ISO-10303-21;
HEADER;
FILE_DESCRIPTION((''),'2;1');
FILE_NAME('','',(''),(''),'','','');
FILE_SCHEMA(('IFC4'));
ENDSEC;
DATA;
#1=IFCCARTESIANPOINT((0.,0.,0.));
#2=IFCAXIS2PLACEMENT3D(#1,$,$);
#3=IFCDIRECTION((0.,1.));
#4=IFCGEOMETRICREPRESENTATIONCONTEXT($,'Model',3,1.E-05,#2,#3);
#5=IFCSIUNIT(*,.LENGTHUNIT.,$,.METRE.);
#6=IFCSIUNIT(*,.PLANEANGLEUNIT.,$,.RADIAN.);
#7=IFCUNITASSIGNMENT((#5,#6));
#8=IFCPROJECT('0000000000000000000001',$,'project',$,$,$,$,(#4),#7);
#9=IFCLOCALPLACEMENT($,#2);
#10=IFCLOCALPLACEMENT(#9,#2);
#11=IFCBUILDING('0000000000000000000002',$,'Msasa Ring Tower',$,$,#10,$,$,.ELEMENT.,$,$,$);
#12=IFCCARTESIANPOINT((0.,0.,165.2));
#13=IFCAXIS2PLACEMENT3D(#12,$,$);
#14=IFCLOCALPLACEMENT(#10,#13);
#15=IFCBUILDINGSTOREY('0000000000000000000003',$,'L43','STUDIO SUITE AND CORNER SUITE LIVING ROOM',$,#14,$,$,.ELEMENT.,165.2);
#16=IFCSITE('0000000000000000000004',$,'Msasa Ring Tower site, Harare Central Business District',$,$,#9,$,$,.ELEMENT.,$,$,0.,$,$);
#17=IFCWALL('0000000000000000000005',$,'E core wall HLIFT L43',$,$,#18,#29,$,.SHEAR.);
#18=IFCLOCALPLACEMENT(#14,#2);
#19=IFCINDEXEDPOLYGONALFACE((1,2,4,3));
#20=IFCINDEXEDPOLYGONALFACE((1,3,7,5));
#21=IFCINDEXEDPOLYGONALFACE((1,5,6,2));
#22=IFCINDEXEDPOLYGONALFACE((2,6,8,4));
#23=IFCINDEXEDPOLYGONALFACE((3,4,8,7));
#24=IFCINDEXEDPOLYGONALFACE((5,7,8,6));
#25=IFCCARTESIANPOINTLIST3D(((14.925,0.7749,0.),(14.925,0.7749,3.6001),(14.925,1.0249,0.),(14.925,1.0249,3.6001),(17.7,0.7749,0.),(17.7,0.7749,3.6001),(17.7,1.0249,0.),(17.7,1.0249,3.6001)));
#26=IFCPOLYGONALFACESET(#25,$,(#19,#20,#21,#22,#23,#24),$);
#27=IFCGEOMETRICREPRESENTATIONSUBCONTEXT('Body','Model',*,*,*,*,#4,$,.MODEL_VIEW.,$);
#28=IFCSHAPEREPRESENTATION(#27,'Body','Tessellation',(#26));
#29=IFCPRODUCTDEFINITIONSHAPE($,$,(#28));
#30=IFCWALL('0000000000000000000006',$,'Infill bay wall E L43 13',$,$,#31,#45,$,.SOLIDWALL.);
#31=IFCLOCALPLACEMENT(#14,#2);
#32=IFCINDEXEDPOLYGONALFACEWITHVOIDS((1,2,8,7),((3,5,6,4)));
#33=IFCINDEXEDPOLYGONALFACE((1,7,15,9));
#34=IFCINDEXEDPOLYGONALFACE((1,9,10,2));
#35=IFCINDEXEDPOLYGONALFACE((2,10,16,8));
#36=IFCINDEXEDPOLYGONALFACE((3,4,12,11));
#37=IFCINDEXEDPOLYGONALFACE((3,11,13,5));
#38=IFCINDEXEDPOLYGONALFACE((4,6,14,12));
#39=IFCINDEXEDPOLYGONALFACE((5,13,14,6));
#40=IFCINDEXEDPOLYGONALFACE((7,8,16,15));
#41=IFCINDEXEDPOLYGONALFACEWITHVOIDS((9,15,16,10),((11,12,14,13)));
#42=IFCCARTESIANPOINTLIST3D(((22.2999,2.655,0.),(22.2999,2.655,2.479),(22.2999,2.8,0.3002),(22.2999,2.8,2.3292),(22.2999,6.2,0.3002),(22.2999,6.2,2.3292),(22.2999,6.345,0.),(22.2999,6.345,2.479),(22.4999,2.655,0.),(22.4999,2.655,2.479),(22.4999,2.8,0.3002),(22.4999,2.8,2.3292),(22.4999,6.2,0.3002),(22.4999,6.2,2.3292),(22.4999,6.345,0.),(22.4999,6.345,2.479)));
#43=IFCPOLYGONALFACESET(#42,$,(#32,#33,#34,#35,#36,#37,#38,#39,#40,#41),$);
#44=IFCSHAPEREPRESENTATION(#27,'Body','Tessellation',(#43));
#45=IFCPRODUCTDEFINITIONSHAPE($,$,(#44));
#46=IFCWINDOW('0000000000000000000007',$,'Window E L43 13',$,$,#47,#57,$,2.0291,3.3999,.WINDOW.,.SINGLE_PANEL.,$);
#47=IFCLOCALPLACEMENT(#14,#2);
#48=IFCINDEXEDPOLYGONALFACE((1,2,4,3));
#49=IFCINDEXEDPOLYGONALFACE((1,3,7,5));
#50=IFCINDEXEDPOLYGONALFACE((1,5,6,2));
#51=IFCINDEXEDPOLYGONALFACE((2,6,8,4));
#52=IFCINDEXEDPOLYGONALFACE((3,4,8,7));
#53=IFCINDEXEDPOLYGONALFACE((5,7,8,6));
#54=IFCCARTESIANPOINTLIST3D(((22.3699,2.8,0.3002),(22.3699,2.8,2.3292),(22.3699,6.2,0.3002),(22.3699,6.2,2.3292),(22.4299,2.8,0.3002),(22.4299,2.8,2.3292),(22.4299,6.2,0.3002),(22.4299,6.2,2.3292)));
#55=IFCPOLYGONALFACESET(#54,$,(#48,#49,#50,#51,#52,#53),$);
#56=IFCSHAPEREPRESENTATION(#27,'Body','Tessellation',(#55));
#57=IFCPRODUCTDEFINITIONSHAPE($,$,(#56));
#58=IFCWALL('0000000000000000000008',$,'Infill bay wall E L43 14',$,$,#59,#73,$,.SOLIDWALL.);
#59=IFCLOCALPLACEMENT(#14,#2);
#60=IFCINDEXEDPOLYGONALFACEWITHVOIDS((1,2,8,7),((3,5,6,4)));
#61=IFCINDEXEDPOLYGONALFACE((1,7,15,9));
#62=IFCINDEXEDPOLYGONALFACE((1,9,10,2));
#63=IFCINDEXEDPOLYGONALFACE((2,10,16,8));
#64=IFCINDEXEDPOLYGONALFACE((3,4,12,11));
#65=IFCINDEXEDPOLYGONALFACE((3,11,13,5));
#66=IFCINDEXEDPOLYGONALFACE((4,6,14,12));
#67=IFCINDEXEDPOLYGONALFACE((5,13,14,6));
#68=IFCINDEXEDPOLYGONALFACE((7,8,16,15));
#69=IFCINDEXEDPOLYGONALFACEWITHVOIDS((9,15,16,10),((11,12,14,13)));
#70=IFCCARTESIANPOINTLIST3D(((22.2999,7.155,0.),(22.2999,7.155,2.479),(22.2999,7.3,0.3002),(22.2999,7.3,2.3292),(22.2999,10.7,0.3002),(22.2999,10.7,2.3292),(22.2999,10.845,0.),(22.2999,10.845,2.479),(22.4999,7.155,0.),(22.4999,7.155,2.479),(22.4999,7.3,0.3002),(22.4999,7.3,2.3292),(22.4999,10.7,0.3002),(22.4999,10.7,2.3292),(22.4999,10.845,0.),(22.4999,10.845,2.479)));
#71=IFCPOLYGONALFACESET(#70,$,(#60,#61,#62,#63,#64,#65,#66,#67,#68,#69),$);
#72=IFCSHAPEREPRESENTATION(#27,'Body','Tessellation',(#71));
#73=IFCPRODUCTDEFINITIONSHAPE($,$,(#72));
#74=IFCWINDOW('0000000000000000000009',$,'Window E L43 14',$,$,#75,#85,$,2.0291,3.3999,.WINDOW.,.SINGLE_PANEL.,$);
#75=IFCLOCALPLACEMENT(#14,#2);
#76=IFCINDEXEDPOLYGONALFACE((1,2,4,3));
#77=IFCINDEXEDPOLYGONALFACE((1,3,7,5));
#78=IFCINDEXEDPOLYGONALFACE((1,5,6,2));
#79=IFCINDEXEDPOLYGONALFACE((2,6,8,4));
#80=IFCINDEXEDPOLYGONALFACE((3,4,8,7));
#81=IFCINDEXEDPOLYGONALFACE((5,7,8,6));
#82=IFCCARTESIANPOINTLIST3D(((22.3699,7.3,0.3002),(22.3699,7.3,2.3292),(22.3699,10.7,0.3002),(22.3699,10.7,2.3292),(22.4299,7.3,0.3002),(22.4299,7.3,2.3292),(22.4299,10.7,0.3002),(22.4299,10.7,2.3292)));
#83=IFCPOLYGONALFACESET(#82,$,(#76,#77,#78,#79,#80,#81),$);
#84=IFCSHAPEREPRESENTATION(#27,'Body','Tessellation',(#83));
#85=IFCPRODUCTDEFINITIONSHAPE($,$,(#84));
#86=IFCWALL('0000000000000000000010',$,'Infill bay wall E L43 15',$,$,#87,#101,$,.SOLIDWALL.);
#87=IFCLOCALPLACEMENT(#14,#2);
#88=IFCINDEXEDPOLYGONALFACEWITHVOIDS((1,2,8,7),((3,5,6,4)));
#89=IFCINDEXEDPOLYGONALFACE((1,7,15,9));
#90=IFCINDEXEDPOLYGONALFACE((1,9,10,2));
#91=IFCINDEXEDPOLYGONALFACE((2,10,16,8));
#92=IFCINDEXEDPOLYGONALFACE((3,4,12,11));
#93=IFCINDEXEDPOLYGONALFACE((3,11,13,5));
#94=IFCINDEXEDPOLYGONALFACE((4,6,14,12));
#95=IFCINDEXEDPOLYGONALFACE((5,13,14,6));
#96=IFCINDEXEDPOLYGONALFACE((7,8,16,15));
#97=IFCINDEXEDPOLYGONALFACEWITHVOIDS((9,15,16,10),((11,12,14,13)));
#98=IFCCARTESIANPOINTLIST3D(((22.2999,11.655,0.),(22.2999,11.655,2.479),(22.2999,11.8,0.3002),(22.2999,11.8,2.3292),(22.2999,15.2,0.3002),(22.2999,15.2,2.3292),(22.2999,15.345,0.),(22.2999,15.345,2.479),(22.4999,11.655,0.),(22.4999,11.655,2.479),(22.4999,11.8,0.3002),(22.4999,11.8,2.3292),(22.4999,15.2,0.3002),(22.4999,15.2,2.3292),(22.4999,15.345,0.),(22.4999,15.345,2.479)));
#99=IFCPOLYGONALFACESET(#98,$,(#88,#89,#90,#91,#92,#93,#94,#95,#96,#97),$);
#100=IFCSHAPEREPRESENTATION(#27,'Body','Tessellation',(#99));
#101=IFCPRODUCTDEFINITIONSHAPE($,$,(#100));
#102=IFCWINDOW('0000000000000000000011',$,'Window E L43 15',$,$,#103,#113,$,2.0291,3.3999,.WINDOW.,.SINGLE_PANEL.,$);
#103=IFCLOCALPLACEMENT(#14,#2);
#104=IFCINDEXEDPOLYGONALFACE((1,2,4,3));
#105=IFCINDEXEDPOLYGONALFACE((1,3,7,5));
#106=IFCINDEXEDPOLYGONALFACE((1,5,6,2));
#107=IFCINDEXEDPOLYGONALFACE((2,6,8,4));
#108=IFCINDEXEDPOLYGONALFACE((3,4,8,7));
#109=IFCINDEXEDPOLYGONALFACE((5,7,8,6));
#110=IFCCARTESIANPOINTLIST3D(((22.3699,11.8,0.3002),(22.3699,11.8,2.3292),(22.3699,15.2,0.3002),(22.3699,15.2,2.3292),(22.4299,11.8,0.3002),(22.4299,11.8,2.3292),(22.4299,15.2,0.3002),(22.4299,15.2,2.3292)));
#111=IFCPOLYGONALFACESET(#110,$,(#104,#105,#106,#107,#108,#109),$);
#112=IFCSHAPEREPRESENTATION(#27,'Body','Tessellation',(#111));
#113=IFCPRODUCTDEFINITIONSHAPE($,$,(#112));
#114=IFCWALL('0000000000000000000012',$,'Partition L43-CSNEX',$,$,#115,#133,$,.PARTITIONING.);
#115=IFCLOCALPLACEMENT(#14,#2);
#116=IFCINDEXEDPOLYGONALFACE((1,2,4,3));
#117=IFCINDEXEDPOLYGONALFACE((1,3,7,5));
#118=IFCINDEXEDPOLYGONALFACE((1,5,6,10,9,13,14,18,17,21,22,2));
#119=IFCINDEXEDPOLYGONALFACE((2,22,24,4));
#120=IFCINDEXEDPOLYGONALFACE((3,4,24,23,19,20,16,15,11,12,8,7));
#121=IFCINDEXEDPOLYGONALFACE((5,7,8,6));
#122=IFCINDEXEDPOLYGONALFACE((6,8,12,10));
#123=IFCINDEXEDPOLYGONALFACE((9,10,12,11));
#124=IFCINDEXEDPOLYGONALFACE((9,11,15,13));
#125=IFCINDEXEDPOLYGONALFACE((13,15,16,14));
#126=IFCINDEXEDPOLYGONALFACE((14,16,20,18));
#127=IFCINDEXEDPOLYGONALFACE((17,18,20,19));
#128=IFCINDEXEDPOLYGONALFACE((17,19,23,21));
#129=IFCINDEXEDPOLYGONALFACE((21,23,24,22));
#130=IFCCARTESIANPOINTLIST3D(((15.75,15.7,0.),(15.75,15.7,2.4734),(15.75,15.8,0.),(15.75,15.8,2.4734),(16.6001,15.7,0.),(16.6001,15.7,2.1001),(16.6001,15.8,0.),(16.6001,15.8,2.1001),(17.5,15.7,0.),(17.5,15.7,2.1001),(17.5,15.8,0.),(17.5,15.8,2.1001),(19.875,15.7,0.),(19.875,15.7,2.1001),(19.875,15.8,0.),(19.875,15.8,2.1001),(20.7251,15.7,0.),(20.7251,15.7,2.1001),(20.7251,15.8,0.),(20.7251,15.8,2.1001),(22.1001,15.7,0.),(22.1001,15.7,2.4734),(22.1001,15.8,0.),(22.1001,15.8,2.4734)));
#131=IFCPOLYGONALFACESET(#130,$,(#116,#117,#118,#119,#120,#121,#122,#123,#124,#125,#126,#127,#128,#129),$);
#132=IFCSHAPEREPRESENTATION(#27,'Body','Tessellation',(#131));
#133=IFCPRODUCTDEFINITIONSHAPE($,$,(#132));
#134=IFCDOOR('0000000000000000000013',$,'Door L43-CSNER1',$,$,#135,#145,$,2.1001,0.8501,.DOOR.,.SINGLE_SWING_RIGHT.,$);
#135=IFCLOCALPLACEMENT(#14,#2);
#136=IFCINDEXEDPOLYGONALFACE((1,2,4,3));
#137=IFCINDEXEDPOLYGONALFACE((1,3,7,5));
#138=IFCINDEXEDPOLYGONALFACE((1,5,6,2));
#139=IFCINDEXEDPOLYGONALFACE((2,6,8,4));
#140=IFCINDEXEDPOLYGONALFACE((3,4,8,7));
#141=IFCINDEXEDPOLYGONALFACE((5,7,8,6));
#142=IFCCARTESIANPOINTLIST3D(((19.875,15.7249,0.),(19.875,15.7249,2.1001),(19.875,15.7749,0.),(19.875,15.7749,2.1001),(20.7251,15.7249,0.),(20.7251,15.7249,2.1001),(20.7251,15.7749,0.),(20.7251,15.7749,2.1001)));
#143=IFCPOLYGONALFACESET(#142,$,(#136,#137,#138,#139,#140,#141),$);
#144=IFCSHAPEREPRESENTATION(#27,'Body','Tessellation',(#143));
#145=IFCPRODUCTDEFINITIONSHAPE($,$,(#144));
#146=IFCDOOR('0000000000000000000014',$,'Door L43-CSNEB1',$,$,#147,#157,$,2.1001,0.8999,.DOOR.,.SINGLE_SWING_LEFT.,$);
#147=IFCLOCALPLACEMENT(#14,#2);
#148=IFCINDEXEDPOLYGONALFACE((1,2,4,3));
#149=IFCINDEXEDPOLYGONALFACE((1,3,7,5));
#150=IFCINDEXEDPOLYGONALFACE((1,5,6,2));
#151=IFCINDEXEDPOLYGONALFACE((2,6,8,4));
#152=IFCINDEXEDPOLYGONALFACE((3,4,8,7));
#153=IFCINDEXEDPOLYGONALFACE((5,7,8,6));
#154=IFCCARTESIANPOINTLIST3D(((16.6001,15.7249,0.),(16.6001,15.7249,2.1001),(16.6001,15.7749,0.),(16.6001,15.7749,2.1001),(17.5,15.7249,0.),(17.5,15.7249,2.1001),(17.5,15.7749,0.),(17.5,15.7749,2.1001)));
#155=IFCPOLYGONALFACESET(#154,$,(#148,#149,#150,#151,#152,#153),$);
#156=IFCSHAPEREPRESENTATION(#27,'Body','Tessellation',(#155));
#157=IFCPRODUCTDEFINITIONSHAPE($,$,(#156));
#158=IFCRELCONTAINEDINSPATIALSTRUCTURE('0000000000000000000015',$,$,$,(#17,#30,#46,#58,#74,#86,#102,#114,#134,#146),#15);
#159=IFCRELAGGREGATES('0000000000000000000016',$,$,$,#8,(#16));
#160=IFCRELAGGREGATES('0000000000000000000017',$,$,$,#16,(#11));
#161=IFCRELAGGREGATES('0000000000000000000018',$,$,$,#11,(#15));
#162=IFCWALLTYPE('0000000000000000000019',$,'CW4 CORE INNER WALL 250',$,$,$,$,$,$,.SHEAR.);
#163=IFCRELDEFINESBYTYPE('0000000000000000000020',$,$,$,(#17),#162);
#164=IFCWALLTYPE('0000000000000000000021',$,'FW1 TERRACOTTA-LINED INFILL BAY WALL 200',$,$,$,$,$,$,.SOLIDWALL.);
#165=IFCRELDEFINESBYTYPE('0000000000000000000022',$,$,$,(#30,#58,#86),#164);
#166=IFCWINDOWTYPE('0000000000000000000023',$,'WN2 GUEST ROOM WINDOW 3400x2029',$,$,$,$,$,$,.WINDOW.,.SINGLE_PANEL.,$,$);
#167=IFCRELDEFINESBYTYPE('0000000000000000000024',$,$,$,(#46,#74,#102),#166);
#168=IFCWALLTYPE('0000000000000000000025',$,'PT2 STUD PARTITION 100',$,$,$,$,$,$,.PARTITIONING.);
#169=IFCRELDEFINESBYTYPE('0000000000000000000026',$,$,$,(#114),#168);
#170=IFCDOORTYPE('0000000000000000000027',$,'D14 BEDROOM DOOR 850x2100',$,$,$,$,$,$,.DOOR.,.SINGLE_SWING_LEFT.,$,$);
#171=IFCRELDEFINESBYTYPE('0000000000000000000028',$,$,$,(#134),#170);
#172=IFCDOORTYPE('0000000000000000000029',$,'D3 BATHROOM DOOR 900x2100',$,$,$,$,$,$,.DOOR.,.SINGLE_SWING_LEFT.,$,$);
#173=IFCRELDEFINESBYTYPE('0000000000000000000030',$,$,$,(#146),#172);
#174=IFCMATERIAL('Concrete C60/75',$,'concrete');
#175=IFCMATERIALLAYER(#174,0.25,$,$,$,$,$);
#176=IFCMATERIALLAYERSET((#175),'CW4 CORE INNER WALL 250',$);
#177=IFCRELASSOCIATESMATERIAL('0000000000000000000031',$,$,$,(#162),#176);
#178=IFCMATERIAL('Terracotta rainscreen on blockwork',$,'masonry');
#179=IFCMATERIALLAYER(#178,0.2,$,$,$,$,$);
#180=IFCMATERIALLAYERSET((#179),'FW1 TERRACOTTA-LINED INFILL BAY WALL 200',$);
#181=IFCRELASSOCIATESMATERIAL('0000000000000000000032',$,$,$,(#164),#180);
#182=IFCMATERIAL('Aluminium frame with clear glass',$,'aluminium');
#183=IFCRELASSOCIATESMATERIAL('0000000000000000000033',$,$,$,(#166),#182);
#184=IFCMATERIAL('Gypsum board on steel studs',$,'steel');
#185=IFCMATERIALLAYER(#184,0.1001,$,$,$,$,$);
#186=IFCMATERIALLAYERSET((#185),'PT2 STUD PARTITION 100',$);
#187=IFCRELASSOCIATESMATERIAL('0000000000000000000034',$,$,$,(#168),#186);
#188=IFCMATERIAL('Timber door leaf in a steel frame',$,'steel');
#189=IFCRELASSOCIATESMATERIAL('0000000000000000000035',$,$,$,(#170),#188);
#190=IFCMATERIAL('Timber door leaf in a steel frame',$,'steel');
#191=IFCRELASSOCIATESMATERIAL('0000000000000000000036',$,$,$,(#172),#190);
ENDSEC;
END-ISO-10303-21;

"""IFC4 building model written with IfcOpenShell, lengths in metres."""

from ifc_helpers import new_model, si_unit, direction, frame, frame_2d, origin, place, context, subcontext, project, spatial, rectangle, extrude, material, layer, layer_set, type_object, element, fill, save


model = new_model("IFC4")

# Units and contexts
model_context = context("Model", 3, precision=1e-05, world=origin(), true_north=direction((0.0, 1.0)))
body_context = subcontext(model_context, "Body", "Model", "MODEL_VIEW")
ifc_project = project(units=[si_unit("LENGTHUNIT", "METRE"), si_unit("PLANEANGLEUNIT", "RADIAN")], contexts=[model_context])

# Site, building, storey
site_placement = place(None, origin())
site = spatial("IfcSite", under=ifc_project, at=site_placement, Name="Msasa Ring Tower site, Harare Central Business District", CompositionType="ELEMENT", RefElevation=0.0)
building_placement = place(site_placement, origin())
building = spatial("IfcBuilding", under=site, at=building_placement, Name="Msasa Ring Tower", CompositionType="ELEMENT")
storey_placement = place(building_placement, frame((0.0, 0.0, 165.2)))
storey = spatial("IfcBuildingStorey", under=building, at=storey_placement, Name="L43", Description="STUDIO SUITE AND CORNER SUITE LIVING ROOM", CompositionType="ELEMENT", Elevation=165.2)

# Wall
ifc_material_1 = material(Name="Concrete C60/75", Category="concrete")
ifc_layer_1 = layer(ifc_material_1, 0.25)
ifc_layer_set_1 = layer_set([ifc_layer_1], Name="CW4 CORE INNER WALL 250")
wall_type_1 = type_object("IfcWallType", Name="CW4 CORE INNER WALL 250", PredefinedType="SHEAR", material=ifc_layer_set_1)
wall_1_placement = place(storey_placement, frame((14.925, 0.8999, 0.0), z_axis=(0.0, 0.0, 1.0), x_axis=(1.0, 0.0, 0.0)))
element("IfcWall", 1, at=wall_1_placement, inside=storey, type_object=wall_type_1, Name="E core wall HLIFT L43", PredefinedType="SHEAR", context=body_context, shape_type="SweptSolid", body=[
    extrude(rectangle(XDim=2.7749, YDim=0.25, at=frame_2d((1.3875, 0.0))), origin(), (0.0, 0.0, 1.0), 3.6001),
])

# Walls, openings, windows
ifc_material_2 = material(Name="Terracotta rainscreen on blockwork", Category="masonry")
ifc_layer_2 = layer(ifc_material_2, 0.2)
ifc_layer_set_2 = layer_set([ifc_layer_2], Name="FW1 TERRACOTTA-LINED INFILL BAY WALL 200")
wall_type_2 = type_object("IfcWallType", Name="FW1 TERRACOTTA-LINED INFILL BAY WALL 200", PredefinedType="SOLIDWALL", material=ifc_layer_set_2)
wall_2_placement = place(storey_placement, frame((22.3999, 2.655, 0.0), z_axis=(0.0, 0.0, 1.0), x_axis=(0.0, 1.0, 0.0)))
wall_2 = element("IfcWall", 2, at=wall_2_placement, inside=storey, type_object=wall_type_2, Name="Infill bay wall E L43 13", PredefinedType="SOLIDWALL", context=body_context, shape_type="SweptSolid", body=[
    extrude(rectangle(XDim=3.6899, YDim=0.2, at=frame_2d((1.845, 0.0))), origin(), (0.0, 0.0, 1.0), 2.479),
])
opening_1_placement = place(wall_2_placement, frame((0.145, 0.0, 0.3)))
opening_1 = element("IfcOpeningElement", 3, at=opening_1_placement, cuts=wall_2, PredefinedType="OPENING", context=body_context, shape_type="SweptSolid", body=[
    extrude(rectangle(XDim=3.3999, YDim=2.0291, at=frame_2d((1.7, 1.0146))), frame((0.0, 0.1099, 0.0), z_axis=(0.0, -1.0, 0.0), x_axis=(1.0, 0.0, 0.0)), (0.0, 0.0, 1.0), 0.22),
])
ifc_material_3 = material(Name="Aluminium frame with clear glass", Category="aluminium")
window_type = type_object("IfcWindowType", Name="WN2 GUEST ROOM WINDOW 3400x2029", PartitioningType="SINGLE_PANEL", PredefinedType="WINDOW", material=ifc_material_3)
window_1_placement = place(opening_1_placement, origin())
window_1 = element("IfcWindow", 4, at=window_1_placement, inside=storey, type_object=window_type, Name="Window E L43 13", OverallHeight=2.0291, OverallWidth=3.3999, PartitioningType="SINGLE_PANEL", PredefinedType="WINDOW", context=body_context, shape_type="SweptSolid", body=[
    extrude(rectangle(XDim=3.3999, YDim=2.0291, at=frame_2d((1.7, 1.0146))), frame((0.0, 0.03, 0.0), z_axis=(0.0, -1.0, 0.0), x_axis=(1.0, 0.0, 0.0)), (0.0, 0.0, 1.0), 0.0601),
])
fill(opening_1, window_1)
wall_3_placement = place(storey_placement, frame((22.3999, 7.155, 0.0), z_axis=(0.0, 0.0, 1.0), x_axis=(0.0, 1.0, 0.0)))
wall_3 = element("IfcWall", 5, at=wall_3_placement, inside=storey, type_object=wall_type_2, Name="Infill bay wall E L43 14", PredefinedType="SOLIDWALL", context=body_context, shape_type="SweptSolid", body=[
    extrude(rectangle(XDim=3.6899, YDim=0.2, at=frame_2d((1.845, 0.0))), origin(), (0.0, 0.0, 1.0), 2.479),
])
opening_2_placement = place(wall_3_placement, frame((0.145, 0.0, 0.3)))
opening_2 = element("IfcOpeningElement", 6, at=opening_2_placement, cuts=wall_3, PredefinedType="OPENING", context=body_context, shape_type="SweptSolid", body=[
    extrude(rectangle(XDim=3.3999, YDim=2.0291, at=frame_2d((1.7, 1.0146))), frame((0.0, 0.1099, 0.0), z_axis=(0.0, -1.0, 0.0), x_axis=(1.0, 0.0, 0.0)), (0.0, 0.0, 1.0), 0.22),
])
window_2_placement = place(opening_2_placement, origin())
window_2 = element("IfcWindow", 7, at=window_2_placement, inside=storey, type_object=window_type, Name="Window E L43 14", OverallHeight=2.0291, OverallWidth=3.3999, PartitioningType="SINGLE_PANEL", PredefinedType="WINDOW", context=body_context, shape_type="SweptSolid", body=[
    extrude(rectangle(XDim=3.3999, YDim=2.0291, at=frame_2d((1.7, 1.0146))), frame((0.0, 0.03, 0.0), z_axis=(0.0, -1.0, 0.0), x_axis=(1.0, 0.0, 0.0)), (0.0, 0.0, 1.0), 0.0601),
])
fill(opening_2, window_2)
wall_4_placement = place(storey_placement, frame((22.3999, 11.655, 0.0), z_axis=(0.0, 0.0, 1.0), x_axis=(0.0, 1.0, 0.0)))
wall_4 = element("IfcWall", 8, at=wall_4_placement, inside=storey, type_object=wall_type_2, Name="Infill bay wall E L43 15", PredefinedType="SOLIDWALL", context=body_context, shape_type="SweptSolid", body=[
    extrude(rectangle(XDim=3.6899, YDim=0.2, at=frame_2d((1.845, 0.0))), origin(), (0.0, 0.0, 1.0), 2.479),
])
opening_3_placement = place(wall_4_placement, frame((0.145, 0.0, 0.3)))
opening_3 = element("IfcOpeningElement", 9, at=opening_3_placement, cuts=wall_4, PredefinedType="OPENING", context=body_context, shape_type="SweptSolid", body=[
    extrude(rectangle(XDim=3.3999, YDim=2.0291, at=frame_2d((1.7, 1.0146))), frame((0.0, 0.1099, 0.0), z_axis=(0.0, -1.0, 0.0), x_axis=(1.0, 0.0, 0.0)), (0.0, 0.0, 1.0), 0.22),
])
window_3_placement = place(opening_3_placement, origin())
window_3 = element("IfcWindow", 10, at=window_3_placement, inside=storey, type_object=window_type, Name="Window E L43 15", OverallHeight=2.0291, OverallWidth=3.3999, PartitioningType="SINGLE_PANEL", PredefinedType="WINDOW", context=body_context, shape_type="SweptSolid", body=[
    extrude(rectangle(XDim=3.3999, YDim=2.0291, at=frame_2d((1.7, 1.0146))), frame((0.0, 0.03, 0.0), z_axis=(0.0, -1.0, 0.0), x_axis=(1.0, 0.0, 0.0)), (0.0, 0.0, 1.0), 0.0601),
])
fill(opening_3, window_3)

# Wall, openings, doors
ifc_material_4 = material(Name="Gypsum board on steel studs", Category="steel")
ifc_layer_3 = layer(ifc_material_4, 0.1001)
ifc_layer_set_3 = layer_set([ifc_layer_3], Name="PT2 STUD PARTITION 100")
wall_type_3 = type_object("IfcWallType", Name="PT2 STUD PARTITION 100", PredefinedType="PARTITIONING", material=ifc_layer_set_3)
wall_5_placement = place(storey_placement, frame((15.75, 15.75, 0.0), z_axis=(0.0, 0.0, 1.0), x_axis=(1.0, 0.0, 0.0)))
wall_5 = element("IfcWall", 11, at=wall_5_placement, inside=storey, type_object=wall_type_3, Name="Partition L43-CSNEX", PredefinedType="PARTITIONING", context=body_context, shape_type="SweptSolid", body=[
    extrude(rectangle(XDim=6.3501, YDim=0.1001, at=frame_2d((3.175, 0.0))), origin(), (0.0, 0.0, 1.0), 2.4734),
])
opening_4_placement = place(wall_5_placement, frame((4.125, 0.0, 0.0)))
opening_4 = element("IfcOpeningElement", 12, at=opening_4_placement, cuts=wall_5, PredefinedType="OPENING", context=body_context, shape_type="SweptSolid", body=[
    extrude(rectangle(XDim=0.8501, YDim=2.1001, at=frame_2d((0.425, 1.05))), frame((0.0, 0.0601, 0.0), z_axis=(0.0, -1.0, 0.0), x_axis=(1.0, 0.0, 0.0)), (0.0, 0.0, 1.0), 0.1201),
])
opening_5_placement = place(wall_5_placement, frame((0.8501, 0.0, 0.0)))
opening_5 = element("IfcOpeningElement", 13, at=opening_5_placement, cuts=wall_5, PredefinedType="OPENING", context=body_context, shape_type="SweptSolid", body=[
    extrude(rectangle(XDim=0.8999, YDim=2.1001, at=frame_2d((0.45, 1.05))), frame((0.0, 0.0601, 0.0), z_axis=(0.0, -1.0, 0.0), x_axis=(1.0, 0.0, 0.0)), (0.0, 0.0, 1.0), 0.1201),
])
ifc_material_5 = material(Name="Timber door leaf in a steel frame", Category="steel")
door_type_1 = type_object("IfcDoorType", Name="D14 BEDROOM DOOR 850x2100", OperationType="SINGLE_SWING_LEFT", PredefinedType="DOOR", material=ifc_material_5)
door_1_placement = place(opening_4_placement, origin())
door_1 = element("IfcDoor", 14, at=door_1_placement, inside=storey, type_object=door_type_1, Name="Door L43-CSNER1", OperationType="SINGLE_SWING_RIGHT", OverallHeight=2.1001, OverallWidth=0.8501, PredefinedType="DOOR", context=body_context, shape_type="SweptSolid", body=[
    extrude(rectangle(XDim=0.8501, YDim=2.1001, at=frame_2d((0.425, 1.05))), frame((0.0, 0.0249, 0.0), z_axis=(0.0, -1.0, 0.0), x_axis=(1.0, 0.0, 0.0)), (0.0, 0.0, 1.0), 0.05),
])
fill(opening_4, door_1)
ifc_material_6 = material(Name="Timber door leaf in a steel frame", Category="steel")
door_type_2 = type_object("IfcDoorType", Name="D3 BATHROOM DOOR 900x2100", OperationType="SINGLE_SWING_LEFT", PredefinedType="DOOR", material=ifc_material_6)
door_2_placement = place(opening_5_placement, origin())
door_2 = element("IfcDoor", 15, at=door_2_placement, inside=storey, type_object=door_type_2, Name="Door L43-CSNEB1", OperationType="SINGLE_SWING_LEFT", OverallHeight=2.1001, OverallWidth=0.8999, PredefinedType="DOOR", context=body_context, shape_type="SweptSolid", body=[
    extrude(rectangle(XDim=0.8999, YDim=2.1001, at=frame_2d((0.45, 1.05))), frame((0.0, 0.0249, 0.0), z_axis=(0.0, -1.0, 0.0), x_axis=(1.0, 0.0, 0.0)), (0.0, 0.0, 1.0), 0.05),
])
fill(opening_5, door_2)

save(model, "model.ifc")
